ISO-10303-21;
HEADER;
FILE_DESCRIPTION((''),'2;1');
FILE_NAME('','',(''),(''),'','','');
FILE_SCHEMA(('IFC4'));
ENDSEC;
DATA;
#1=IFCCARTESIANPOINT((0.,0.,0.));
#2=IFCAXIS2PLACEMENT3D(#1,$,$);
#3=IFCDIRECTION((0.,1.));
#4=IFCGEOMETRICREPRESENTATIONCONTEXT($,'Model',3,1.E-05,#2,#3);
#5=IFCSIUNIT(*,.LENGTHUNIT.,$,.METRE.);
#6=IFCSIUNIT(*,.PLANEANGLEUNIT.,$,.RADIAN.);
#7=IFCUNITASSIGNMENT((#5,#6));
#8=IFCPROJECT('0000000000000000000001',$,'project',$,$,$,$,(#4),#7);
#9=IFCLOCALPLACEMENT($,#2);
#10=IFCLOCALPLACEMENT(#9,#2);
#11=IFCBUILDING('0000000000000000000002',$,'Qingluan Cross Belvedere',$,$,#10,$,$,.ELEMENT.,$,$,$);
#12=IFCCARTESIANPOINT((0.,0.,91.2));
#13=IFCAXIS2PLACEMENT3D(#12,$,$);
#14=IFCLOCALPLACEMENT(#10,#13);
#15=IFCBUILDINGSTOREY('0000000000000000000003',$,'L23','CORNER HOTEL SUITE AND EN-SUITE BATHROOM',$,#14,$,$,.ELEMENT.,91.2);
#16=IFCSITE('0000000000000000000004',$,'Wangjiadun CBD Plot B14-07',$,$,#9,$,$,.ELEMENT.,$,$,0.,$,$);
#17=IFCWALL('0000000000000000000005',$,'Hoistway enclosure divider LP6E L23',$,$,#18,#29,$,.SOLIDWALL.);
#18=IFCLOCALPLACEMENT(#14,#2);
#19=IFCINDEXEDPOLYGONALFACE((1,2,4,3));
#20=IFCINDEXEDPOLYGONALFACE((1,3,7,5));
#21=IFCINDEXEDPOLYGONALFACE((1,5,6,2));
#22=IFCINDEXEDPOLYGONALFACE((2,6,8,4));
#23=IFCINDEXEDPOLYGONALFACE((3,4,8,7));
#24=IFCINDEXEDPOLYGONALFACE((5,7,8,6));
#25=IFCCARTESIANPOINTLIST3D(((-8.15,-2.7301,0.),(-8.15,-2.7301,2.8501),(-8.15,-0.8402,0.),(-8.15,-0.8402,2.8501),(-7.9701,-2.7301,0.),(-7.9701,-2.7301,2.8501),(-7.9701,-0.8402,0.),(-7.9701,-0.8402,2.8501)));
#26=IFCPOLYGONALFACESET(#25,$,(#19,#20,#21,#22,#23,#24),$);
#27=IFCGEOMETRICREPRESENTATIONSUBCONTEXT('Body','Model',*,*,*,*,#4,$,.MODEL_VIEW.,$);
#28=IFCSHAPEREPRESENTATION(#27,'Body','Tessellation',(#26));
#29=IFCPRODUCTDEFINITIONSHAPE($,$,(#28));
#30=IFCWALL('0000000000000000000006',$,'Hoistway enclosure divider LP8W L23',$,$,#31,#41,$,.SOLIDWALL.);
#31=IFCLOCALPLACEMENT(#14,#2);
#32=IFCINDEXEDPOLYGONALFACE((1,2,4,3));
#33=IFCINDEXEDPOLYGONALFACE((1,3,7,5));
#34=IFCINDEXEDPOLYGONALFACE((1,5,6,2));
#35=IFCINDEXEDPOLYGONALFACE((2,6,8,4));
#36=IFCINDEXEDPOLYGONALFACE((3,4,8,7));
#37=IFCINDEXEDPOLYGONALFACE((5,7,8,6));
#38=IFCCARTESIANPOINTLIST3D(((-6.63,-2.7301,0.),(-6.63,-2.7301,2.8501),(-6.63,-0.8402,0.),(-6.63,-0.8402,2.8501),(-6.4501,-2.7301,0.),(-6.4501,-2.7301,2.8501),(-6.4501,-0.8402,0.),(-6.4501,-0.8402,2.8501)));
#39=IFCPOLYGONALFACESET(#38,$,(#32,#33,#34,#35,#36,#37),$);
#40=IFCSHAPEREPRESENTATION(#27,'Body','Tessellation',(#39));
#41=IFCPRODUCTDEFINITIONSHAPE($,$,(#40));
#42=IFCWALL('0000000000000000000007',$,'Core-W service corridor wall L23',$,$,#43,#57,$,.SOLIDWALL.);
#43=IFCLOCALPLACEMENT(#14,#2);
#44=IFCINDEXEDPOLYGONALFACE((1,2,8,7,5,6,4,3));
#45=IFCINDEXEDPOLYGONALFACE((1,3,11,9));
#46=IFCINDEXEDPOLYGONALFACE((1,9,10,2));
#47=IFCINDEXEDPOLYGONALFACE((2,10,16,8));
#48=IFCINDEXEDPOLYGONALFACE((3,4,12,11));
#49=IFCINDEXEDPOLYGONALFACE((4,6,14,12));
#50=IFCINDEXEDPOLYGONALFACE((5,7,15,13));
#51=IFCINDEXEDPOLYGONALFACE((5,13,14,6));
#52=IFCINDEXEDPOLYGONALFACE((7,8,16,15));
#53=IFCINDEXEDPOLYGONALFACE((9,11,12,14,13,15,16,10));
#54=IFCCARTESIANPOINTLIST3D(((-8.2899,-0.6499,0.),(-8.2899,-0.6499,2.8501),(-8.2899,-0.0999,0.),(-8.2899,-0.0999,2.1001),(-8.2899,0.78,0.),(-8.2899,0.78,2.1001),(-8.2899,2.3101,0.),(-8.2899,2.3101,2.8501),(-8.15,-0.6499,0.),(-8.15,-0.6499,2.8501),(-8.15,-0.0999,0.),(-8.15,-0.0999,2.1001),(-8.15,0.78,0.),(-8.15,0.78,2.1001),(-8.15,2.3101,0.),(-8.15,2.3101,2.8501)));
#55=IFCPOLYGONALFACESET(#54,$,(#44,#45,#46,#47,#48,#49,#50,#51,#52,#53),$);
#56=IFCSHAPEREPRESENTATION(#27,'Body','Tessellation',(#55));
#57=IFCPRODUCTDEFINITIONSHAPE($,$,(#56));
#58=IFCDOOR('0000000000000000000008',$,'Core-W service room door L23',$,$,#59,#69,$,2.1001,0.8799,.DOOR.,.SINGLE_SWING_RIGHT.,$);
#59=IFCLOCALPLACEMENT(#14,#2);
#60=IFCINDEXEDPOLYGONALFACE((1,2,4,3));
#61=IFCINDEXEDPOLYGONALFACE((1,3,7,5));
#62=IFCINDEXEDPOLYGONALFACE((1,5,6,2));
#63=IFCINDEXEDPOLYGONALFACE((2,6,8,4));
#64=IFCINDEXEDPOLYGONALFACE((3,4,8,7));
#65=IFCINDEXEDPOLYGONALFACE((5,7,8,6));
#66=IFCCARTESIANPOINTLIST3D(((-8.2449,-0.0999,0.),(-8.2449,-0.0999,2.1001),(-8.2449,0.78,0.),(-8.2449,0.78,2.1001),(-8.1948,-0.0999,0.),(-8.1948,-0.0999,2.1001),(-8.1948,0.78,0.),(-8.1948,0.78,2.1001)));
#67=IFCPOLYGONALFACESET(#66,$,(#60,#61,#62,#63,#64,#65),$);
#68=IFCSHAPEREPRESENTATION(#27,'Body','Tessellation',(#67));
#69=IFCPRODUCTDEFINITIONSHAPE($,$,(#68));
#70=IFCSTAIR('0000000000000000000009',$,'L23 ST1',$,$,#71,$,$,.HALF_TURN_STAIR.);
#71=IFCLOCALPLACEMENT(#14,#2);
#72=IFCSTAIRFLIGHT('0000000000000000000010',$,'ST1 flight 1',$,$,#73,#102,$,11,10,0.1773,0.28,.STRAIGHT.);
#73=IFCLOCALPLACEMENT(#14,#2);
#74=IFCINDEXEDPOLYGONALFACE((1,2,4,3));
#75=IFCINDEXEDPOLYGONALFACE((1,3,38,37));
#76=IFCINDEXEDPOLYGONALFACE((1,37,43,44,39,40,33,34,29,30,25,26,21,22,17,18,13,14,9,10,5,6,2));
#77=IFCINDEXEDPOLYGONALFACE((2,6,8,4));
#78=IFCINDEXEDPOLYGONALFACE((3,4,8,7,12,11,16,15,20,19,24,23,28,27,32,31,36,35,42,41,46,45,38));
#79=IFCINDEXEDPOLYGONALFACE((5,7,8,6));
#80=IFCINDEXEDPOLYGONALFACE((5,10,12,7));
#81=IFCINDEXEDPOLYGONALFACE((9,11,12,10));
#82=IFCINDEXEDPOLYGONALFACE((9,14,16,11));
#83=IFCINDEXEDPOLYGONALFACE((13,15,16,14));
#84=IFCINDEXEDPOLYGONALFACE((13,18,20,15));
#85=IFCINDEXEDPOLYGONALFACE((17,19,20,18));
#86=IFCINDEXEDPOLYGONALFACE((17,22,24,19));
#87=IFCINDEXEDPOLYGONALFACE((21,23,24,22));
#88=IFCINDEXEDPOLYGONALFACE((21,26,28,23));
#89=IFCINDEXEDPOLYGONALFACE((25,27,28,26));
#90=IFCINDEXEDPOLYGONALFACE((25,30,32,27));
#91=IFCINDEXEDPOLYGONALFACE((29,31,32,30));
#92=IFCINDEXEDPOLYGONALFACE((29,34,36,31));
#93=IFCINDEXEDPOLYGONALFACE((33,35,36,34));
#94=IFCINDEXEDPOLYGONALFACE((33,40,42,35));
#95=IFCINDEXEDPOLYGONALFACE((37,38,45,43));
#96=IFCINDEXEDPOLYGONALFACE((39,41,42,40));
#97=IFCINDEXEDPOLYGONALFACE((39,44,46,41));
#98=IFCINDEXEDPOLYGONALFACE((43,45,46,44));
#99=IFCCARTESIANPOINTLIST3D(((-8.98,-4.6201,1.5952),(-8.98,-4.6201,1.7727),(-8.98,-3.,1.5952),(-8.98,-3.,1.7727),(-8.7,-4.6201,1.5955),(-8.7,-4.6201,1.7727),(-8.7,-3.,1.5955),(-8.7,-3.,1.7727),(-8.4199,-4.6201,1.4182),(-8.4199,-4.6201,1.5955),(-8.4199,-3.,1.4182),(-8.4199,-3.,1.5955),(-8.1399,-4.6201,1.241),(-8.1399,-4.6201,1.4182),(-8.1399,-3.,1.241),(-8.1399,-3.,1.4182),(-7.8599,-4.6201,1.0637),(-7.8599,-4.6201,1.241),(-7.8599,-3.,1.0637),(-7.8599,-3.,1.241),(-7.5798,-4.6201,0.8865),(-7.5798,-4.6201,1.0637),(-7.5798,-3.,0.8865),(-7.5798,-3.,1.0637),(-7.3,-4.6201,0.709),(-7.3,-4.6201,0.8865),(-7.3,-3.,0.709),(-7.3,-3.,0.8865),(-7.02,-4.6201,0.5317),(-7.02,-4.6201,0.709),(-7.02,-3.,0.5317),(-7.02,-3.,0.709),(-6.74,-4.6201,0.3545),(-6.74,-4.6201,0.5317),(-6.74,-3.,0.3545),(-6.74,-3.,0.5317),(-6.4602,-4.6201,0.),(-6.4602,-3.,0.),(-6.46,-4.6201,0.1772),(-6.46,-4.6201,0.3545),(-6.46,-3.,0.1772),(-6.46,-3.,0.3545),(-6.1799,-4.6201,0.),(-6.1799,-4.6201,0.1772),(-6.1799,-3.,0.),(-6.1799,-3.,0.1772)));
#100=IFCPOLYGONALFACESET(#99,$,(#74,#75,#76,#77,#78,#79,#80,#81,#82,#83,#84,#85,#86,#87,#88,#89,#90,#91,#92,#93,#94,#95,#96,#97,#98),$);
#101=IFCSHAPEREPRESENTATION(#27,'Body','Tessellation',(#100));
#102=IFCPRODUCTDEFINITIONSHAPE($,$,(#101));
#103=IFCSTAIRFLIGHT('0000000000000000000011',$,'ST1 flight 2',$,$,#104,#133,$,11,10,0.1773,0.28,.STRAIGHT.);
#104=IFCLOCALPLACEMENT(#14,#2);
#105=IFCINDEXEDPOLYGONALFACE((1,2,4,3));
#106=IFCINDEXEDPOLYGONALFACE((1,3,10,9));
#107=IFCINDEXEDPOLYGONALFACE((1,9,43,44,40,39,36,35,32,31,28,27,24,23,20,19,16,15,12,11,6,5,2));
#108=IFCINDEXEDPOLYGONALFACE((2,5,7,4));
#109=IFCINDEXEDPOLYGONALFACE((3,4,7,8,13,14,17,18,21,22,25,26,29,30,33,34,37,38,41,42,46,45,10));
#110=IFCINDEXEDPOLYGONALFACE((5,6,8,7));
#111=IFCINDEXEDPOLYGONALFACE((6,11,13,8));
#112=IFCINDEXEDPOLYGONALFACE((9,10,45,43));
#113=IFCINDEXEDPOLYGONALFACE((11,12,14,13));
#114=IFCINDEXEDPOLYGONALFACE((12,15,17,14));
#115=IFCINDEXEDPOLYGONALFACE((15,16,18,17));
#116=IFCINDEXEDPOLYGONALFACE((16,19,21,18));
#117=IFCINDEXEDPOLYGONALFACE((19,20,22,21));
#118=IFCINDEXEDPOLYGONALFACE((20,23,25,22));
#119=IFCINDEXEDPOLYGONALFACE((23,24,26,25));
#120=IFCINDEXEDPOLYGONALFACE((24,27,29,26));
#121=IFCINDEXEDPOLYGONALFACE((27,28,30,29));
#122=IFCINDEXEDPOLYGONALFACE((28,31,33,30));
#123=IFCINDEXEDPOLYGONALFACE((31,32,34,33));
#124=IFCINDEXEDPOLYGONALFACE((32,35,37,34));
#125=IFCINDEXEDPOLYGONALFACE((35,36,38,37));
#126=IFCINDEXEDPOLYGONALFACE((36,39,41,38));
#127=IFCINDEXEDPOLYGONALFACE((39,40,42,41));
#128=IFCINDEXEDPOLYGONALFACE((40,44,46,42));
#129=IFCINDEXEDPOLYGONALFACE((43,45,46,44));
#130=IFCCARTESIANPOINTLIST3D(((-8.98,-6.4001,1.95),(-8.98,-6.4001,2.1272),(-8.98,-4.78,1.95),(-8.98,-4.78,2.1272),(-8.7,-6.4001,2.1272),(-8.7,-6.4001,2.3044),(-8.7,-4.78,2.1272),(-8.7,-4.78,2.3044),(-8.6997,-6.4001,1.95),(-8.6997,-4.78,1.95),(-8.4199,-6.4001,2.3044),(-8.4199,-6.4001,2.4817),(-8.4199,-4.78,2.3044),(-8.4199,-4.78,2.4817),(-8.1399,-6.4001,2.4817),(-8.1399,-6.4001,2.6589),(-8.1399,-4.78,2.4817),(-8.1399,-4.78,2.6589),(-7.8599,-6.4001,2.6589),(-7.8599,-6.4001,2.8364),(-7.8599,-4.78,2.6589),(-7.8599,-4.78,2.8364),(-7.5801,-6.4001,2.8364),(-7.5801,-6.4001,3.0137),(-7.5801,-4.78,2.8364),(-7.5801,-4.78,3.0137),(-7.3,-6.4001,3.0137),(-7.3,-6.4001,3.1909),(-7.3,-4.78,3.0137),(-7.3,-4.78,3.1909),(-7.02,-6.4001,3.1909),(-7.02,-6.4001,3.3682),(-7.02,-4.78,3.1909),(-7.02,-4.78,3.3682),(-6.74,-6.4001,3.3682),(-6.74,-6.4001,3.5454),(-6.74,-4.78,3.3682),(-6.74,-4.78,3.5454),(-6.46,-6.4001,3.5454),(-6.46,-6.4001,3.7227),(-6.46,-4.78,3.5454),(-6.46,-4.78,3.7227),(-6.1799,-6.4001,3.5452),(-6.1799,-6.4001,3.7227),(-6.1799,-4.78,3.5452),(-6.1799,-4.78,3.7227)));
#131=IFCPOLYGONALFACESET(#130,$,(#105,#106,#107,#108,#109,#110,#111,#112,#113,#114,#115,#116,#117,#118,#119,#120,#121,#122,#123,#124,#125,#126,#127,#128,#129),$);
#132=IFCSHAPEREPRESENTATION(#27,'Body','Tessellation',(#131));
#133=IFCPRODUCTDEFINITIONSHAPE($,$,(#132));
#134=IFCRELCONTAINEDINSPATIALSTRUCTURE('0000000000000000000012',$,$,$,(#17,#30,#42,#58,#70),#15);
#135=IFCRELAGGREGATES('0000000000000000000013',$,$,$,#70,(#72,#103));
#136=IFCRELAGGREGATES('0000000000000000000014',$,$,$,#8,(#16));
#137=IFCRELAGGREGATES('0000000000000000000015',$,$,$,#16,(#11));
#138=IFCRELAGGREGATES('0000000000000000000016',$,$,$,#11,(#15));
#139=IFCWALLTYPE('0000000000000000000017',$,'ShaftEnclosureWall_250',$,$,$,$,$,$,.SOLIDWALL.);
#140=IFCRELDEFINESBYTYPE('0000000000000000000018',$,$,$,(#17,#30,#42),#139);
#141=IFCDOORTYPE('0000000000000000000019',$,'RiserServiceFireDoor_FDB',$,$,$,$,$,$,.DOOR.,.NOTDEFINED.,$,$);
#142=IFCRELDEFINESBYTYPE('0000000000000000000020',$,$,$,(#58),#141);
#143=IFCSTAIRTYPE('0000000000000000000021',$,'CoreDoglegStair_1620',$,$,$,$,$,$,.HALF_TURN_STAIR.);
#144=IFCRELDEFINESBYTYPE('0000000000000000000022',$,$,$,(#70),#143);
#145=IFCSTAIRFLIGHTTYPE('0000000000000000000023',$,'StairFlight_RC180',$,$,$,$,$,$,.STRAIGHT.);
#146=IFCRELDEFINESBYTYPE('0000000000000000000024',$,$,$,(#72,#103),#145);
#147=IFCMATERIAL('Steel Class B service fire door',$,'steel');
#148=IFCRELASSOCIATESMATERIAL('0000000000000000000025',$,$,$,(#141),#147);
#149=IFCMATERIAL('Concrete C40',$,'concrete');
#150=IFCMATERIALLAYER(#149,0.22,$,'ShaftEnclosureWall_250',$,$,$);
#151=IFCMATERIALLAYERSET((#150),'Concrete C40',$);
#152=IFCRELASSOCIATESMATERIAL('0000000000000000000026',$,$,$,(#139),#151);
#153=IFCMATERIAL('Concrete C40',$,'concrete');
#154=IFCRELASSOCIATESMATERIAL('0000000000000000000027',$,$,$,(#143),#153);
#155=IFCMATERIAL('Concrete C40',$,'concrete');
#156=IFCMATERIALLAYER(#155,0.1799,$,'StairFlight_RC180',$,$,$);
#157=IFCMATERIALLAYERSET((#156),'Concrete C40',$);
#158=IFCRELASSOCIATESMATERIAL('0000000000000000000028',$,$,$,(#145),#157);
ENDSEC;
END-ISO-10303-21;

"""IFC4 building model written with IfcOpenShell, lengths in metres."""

from ifc_helpers import new_model, si_unit, direction, frame, frame_2d, origin, place, context, subcontext, project, spatial, polyline, rectangle, outline, extrude, material, layer, layer_set, type_object, element, fill, aggregate, save


model = new_model("IFC4")

# Units and contexts
model_context = context("Model", 3, precision=1e-05, world=origin(), true_north=direction((0.0, 1.0)))
body_context = subcontext(model_context, "Body", "Model", "MODEL_VIEW")
ifc_project = project(units=[si_unit("LENGTHUNIT", "METRE"), si_unit("PLANEANGLEUNIT", "RADIAN")], contexts=[model_context])

# Site, building, storey
site_placement = place(None, origin())
site = spatial("IfcSite", under=ifc_project, at=site_placement, Name="Wangjiadun CBD Plot B14-07", CompositionType="ELEMENT", RefElevation=0.0)
building_placement = place(site_placement, origin())
building = spatial("IfcBuilding", under=site, at=building_placement, Name="Qingluan Cross Belvedere", CompositionType="ELEMENT")
storey_placement = place(building_placement, frame((0.0, 0.0, 91.2)))
storey = spatial("IfcBuildingStorey", under=building, at=storey_placement, Name="L23", Description="CORNER HOTEL SUITE AND EN-SUITE BATHROOM", CompositionType="ELEMENT", Elevation=91.2)

# Shared definitions
ifc_material_1 = material(Name="Steel Class B service fire door", Category="steel")
door_type_1 = type_object("IfcDoorType", Name="RiserServiceFireDoor_FDB", OperationType="NOTDEFINED", PredefinedType="DOOR", material=ifc_material_1)

# Walls
ifc_material_2 = material(Name="Concrete C40", Category="concrete")
ifc_layer_1 = layer(ifc_material_2, 0.22, Name="ShaftEnclosureWall_250")
ifc_layer_set_1 = layer_set([ifc_layer_1], Name="Concrete C40")
wall_type_1 = type_object("IfcWallType", Name="ShaftEnclosureWall_250", PredefinedType="SOLIDWALL", material=ifc_layer_set_1)
for number, where, z_axis, x_axis, name in (
    (1, (-8.0601, -2.73, 0.0), (0.0, 0.0, 1.0), (0.0, 1.0, 0.0), "Hoistway enclosure divider LP6E L23"),
    (2, (-6.54, -2.73, 0.0), (0.0, 0.0, 1.0), (0.0, 1.0, 0.0), "Hoistway enclosure divider LP8W L23"),
):
    element("IfcWall", number, at=place(storey_placement, frame(where, z_axis=z_axis, x_axis=x_axis)), inside=storey, type_object=wall_type_1, Name=name, PredefinedType="SOLIDWALL", context=body_context, shape_type="SweptSolid", body=[
        extrude(rectangle(XDim=1.8899, YDim=0.1799, at=frame_2d((0.9448, 0.0))), origin(), (0.0, 0.0, 1.0), 2.8501),
    ])

# Wall, opening, door
wall_1_placement = place(storey_placement, frame((-8.22, -0.6499, 0.0), z_axis=(0.0, 0.0, 1.0), x_axis=(0.0, 1.0, 0.0)))
wall_1 = element("IfcWall", 3, at=wall_1_placement, inside=storey, type_object=wall_type_1, Name="Core-W service corridor wall L23", PredefinedType="SOLIDWALL", context=body_context, shape_type="SweptSolid", body=[
    extrude(rectangle(XDim=2.96, YDim=0.1399, at=frame_2d((1.48, 0.0))), origin(), (0.0, 0.0, 1.0), 2.8501),
])
opening_1_placement = place(wall_1_placement, frame((0.55, 0.0, 0.0)))
opening_1 = element("IfcOpeningElement", 4, at=opening_1_placement, cuts=wall_1, PredefinedType="OPENING", context=body_context, shape_type="SweptSolid", body=[
    extrude(rectangle(XDim=0.8799, YDim=2.1001, at=frame_2d((0.4399, 1.05))), frame((0.0, 0.0798, 0.0), z_axis=(0.0, -1.0, 0.0), x_axis=(1.0, 0.0, 0.0)), (0.0, 0.0, 1.0), 0.1599),
])
door_1_placement = place(opening_1_placement, origin())
door_1 = element("IfcDoor", 5, at=door_1_placement, inside=storey, type_object=door_type_1, Name="Core-W service room door L23", OperationType="SINGLE_SWING_RIGHT", OverallHeight=2.1001, OverallWidth=0.8799, PredefinedType="DOOR", context=body_context, shape_type="SweptSolid", body=[
    extrude(rectangle(XDim=0.8799, YDim=2.1001, at=frame_2d((0.4399, 1.05))), frame((0.0, 0.0249, 0.0), z_axis=(0.0, -1.0, 0.0), x_axis=(1.0, 0.0, 0.0)), (0.0, 0.0, 1.0), 0.05),
])
fill(opening_1, door_1)

# Stair, stair flights
ifc_material_3 = material(Name="Concrete C40", Category="concrete")
stair_type = type_object("IfcStairType", Name="CoreDoglegStair_1620", PredefinedType="HALF_TURN_STAIR", material=ifc_material_3)
stair_placement = place(storey_placement, origin())
stair = element("IfcStair", 6, at=stair_placement, inside=storey, type_object=stair_type, Name="L23 ST1", PredefinedType="HALF_TURN_STAIR")
ifc_material_4 = material(Name="Concrete C40", Category="concrete")
ifc_layer_2 = layer(ifc_material_4, 0.1799, Name="StairFlight_RC180")
ifc_layer_set_2 = layer_set([ifc_layer_2], Name="Concrete C40")
stair_flight_type = type_object("IfcStairFlightType", Name="StairFlight_RC180", PredefinedType="STRAIGHT", material=ifc_layer_set_2)
stair_flight_1_placement = place(storey_placement, frame((-6.1799, -3.8101, 0.0), z_axis=(0.0, 0.0, 1.0), x_axis=(-1.0, 0.0, 0.0)))
stair_flight_1 = element("IfcStairFlight", 7, at=stair_flight_1_placement, type_object=stair_flight_type, Name="ST1 flight 1", NumberOfRisers=11, NumberOfTreads=10, PredefinedType="STRAIGHT", RiserHeight=0.1773, TreadLength=0.28, context=body_context, shape_type="SweptSolid", body=[
    extrude(outline(polyline([(0.0, 0.0), (0.0, 0.1772), (0.28, 0.1772), (0.28, 0.3545), (0.5601, 0.3545), (0.5601, 0.5317), (0.8401, 0.5317), (0.8401, 0.709), (1.1201, 0.709), (1.1201, 0.8865), (1.3999, 0.8865), (1.3999, 1.0637), (1.6799, 1.0637), (1.6799, 1.241), (1.96, 1.241), (1.96, 1.4182), (2.24, 1.4182), (2.24, 1.5955), (2.52, 1.5955), (2.52, 1.7727), (2.8, 1.7727), (2.8, 1.95), (2.8, 1.5952), (0.2803, 0.0), (0.0, 0.0)])), frame((0.0, 0.8101, 0.0), z_axis=(0.0, -1.0, 0.0), x_axis=(1.0, 0.0, 0.0)), (0.0, 0.0, 1.0), 1.6201),
])
stair_flight_2_placement = place(storey_placement, frame((-8.98, -5.5901, 1.95), z_axis=(0.0, 0.0, 1.0), x_axis=(1.0, 0.0, 0.0)))
stair_flight_2 = element("IfcStairFlight", 8, at=stair_flight_2_placement, type_object=stair_flight_type, Name="ST1 flight 2", NumberOfRisers=11, NumberOfTreads=10, PredefinedType="STRAIGHT", RiserHeight=0.1773, TreadLength=0.28, context=body_context, shape_type="SweptSolid", body=[
    extrude(outline(polyline([(0.0, 0.0), (0.0, 0.1772), (0.28, 0.1772), (0.28, 0.3545), (0.5601, 0.3545), (0.5601, 0.5317), (0.8401, 0.5317), (0.8401, 0.709), (1.1201, 0.709), (1.1201, 0.8865), (1.3999, 0.8865), (1.3999, 1.0637), (1.6799, 1.0637), (1.6799, 1.241), (1.96, 1.241), (1.96, 1.4182), (2.24, 1.4182), (2.24, 1.5955), (2.52, 1.5955), (2.52, 1.7727), (2.8, 1.7727), (2.8, 1.95), (2.8, 1.5952), (0.2803, 0.0), (0.0, 0.0)])), frame((0.0, 0.8101, 0.0), z_axis=(0.0, -1.0, 0.0), x_axis=(1.0, 0.0, 0.0)), (0.0, 0.0, 1.0), 1.6201),
])
aggregate(stair, [stair_flight_1, stair_flight_2])

save(model, "model.ifc")
